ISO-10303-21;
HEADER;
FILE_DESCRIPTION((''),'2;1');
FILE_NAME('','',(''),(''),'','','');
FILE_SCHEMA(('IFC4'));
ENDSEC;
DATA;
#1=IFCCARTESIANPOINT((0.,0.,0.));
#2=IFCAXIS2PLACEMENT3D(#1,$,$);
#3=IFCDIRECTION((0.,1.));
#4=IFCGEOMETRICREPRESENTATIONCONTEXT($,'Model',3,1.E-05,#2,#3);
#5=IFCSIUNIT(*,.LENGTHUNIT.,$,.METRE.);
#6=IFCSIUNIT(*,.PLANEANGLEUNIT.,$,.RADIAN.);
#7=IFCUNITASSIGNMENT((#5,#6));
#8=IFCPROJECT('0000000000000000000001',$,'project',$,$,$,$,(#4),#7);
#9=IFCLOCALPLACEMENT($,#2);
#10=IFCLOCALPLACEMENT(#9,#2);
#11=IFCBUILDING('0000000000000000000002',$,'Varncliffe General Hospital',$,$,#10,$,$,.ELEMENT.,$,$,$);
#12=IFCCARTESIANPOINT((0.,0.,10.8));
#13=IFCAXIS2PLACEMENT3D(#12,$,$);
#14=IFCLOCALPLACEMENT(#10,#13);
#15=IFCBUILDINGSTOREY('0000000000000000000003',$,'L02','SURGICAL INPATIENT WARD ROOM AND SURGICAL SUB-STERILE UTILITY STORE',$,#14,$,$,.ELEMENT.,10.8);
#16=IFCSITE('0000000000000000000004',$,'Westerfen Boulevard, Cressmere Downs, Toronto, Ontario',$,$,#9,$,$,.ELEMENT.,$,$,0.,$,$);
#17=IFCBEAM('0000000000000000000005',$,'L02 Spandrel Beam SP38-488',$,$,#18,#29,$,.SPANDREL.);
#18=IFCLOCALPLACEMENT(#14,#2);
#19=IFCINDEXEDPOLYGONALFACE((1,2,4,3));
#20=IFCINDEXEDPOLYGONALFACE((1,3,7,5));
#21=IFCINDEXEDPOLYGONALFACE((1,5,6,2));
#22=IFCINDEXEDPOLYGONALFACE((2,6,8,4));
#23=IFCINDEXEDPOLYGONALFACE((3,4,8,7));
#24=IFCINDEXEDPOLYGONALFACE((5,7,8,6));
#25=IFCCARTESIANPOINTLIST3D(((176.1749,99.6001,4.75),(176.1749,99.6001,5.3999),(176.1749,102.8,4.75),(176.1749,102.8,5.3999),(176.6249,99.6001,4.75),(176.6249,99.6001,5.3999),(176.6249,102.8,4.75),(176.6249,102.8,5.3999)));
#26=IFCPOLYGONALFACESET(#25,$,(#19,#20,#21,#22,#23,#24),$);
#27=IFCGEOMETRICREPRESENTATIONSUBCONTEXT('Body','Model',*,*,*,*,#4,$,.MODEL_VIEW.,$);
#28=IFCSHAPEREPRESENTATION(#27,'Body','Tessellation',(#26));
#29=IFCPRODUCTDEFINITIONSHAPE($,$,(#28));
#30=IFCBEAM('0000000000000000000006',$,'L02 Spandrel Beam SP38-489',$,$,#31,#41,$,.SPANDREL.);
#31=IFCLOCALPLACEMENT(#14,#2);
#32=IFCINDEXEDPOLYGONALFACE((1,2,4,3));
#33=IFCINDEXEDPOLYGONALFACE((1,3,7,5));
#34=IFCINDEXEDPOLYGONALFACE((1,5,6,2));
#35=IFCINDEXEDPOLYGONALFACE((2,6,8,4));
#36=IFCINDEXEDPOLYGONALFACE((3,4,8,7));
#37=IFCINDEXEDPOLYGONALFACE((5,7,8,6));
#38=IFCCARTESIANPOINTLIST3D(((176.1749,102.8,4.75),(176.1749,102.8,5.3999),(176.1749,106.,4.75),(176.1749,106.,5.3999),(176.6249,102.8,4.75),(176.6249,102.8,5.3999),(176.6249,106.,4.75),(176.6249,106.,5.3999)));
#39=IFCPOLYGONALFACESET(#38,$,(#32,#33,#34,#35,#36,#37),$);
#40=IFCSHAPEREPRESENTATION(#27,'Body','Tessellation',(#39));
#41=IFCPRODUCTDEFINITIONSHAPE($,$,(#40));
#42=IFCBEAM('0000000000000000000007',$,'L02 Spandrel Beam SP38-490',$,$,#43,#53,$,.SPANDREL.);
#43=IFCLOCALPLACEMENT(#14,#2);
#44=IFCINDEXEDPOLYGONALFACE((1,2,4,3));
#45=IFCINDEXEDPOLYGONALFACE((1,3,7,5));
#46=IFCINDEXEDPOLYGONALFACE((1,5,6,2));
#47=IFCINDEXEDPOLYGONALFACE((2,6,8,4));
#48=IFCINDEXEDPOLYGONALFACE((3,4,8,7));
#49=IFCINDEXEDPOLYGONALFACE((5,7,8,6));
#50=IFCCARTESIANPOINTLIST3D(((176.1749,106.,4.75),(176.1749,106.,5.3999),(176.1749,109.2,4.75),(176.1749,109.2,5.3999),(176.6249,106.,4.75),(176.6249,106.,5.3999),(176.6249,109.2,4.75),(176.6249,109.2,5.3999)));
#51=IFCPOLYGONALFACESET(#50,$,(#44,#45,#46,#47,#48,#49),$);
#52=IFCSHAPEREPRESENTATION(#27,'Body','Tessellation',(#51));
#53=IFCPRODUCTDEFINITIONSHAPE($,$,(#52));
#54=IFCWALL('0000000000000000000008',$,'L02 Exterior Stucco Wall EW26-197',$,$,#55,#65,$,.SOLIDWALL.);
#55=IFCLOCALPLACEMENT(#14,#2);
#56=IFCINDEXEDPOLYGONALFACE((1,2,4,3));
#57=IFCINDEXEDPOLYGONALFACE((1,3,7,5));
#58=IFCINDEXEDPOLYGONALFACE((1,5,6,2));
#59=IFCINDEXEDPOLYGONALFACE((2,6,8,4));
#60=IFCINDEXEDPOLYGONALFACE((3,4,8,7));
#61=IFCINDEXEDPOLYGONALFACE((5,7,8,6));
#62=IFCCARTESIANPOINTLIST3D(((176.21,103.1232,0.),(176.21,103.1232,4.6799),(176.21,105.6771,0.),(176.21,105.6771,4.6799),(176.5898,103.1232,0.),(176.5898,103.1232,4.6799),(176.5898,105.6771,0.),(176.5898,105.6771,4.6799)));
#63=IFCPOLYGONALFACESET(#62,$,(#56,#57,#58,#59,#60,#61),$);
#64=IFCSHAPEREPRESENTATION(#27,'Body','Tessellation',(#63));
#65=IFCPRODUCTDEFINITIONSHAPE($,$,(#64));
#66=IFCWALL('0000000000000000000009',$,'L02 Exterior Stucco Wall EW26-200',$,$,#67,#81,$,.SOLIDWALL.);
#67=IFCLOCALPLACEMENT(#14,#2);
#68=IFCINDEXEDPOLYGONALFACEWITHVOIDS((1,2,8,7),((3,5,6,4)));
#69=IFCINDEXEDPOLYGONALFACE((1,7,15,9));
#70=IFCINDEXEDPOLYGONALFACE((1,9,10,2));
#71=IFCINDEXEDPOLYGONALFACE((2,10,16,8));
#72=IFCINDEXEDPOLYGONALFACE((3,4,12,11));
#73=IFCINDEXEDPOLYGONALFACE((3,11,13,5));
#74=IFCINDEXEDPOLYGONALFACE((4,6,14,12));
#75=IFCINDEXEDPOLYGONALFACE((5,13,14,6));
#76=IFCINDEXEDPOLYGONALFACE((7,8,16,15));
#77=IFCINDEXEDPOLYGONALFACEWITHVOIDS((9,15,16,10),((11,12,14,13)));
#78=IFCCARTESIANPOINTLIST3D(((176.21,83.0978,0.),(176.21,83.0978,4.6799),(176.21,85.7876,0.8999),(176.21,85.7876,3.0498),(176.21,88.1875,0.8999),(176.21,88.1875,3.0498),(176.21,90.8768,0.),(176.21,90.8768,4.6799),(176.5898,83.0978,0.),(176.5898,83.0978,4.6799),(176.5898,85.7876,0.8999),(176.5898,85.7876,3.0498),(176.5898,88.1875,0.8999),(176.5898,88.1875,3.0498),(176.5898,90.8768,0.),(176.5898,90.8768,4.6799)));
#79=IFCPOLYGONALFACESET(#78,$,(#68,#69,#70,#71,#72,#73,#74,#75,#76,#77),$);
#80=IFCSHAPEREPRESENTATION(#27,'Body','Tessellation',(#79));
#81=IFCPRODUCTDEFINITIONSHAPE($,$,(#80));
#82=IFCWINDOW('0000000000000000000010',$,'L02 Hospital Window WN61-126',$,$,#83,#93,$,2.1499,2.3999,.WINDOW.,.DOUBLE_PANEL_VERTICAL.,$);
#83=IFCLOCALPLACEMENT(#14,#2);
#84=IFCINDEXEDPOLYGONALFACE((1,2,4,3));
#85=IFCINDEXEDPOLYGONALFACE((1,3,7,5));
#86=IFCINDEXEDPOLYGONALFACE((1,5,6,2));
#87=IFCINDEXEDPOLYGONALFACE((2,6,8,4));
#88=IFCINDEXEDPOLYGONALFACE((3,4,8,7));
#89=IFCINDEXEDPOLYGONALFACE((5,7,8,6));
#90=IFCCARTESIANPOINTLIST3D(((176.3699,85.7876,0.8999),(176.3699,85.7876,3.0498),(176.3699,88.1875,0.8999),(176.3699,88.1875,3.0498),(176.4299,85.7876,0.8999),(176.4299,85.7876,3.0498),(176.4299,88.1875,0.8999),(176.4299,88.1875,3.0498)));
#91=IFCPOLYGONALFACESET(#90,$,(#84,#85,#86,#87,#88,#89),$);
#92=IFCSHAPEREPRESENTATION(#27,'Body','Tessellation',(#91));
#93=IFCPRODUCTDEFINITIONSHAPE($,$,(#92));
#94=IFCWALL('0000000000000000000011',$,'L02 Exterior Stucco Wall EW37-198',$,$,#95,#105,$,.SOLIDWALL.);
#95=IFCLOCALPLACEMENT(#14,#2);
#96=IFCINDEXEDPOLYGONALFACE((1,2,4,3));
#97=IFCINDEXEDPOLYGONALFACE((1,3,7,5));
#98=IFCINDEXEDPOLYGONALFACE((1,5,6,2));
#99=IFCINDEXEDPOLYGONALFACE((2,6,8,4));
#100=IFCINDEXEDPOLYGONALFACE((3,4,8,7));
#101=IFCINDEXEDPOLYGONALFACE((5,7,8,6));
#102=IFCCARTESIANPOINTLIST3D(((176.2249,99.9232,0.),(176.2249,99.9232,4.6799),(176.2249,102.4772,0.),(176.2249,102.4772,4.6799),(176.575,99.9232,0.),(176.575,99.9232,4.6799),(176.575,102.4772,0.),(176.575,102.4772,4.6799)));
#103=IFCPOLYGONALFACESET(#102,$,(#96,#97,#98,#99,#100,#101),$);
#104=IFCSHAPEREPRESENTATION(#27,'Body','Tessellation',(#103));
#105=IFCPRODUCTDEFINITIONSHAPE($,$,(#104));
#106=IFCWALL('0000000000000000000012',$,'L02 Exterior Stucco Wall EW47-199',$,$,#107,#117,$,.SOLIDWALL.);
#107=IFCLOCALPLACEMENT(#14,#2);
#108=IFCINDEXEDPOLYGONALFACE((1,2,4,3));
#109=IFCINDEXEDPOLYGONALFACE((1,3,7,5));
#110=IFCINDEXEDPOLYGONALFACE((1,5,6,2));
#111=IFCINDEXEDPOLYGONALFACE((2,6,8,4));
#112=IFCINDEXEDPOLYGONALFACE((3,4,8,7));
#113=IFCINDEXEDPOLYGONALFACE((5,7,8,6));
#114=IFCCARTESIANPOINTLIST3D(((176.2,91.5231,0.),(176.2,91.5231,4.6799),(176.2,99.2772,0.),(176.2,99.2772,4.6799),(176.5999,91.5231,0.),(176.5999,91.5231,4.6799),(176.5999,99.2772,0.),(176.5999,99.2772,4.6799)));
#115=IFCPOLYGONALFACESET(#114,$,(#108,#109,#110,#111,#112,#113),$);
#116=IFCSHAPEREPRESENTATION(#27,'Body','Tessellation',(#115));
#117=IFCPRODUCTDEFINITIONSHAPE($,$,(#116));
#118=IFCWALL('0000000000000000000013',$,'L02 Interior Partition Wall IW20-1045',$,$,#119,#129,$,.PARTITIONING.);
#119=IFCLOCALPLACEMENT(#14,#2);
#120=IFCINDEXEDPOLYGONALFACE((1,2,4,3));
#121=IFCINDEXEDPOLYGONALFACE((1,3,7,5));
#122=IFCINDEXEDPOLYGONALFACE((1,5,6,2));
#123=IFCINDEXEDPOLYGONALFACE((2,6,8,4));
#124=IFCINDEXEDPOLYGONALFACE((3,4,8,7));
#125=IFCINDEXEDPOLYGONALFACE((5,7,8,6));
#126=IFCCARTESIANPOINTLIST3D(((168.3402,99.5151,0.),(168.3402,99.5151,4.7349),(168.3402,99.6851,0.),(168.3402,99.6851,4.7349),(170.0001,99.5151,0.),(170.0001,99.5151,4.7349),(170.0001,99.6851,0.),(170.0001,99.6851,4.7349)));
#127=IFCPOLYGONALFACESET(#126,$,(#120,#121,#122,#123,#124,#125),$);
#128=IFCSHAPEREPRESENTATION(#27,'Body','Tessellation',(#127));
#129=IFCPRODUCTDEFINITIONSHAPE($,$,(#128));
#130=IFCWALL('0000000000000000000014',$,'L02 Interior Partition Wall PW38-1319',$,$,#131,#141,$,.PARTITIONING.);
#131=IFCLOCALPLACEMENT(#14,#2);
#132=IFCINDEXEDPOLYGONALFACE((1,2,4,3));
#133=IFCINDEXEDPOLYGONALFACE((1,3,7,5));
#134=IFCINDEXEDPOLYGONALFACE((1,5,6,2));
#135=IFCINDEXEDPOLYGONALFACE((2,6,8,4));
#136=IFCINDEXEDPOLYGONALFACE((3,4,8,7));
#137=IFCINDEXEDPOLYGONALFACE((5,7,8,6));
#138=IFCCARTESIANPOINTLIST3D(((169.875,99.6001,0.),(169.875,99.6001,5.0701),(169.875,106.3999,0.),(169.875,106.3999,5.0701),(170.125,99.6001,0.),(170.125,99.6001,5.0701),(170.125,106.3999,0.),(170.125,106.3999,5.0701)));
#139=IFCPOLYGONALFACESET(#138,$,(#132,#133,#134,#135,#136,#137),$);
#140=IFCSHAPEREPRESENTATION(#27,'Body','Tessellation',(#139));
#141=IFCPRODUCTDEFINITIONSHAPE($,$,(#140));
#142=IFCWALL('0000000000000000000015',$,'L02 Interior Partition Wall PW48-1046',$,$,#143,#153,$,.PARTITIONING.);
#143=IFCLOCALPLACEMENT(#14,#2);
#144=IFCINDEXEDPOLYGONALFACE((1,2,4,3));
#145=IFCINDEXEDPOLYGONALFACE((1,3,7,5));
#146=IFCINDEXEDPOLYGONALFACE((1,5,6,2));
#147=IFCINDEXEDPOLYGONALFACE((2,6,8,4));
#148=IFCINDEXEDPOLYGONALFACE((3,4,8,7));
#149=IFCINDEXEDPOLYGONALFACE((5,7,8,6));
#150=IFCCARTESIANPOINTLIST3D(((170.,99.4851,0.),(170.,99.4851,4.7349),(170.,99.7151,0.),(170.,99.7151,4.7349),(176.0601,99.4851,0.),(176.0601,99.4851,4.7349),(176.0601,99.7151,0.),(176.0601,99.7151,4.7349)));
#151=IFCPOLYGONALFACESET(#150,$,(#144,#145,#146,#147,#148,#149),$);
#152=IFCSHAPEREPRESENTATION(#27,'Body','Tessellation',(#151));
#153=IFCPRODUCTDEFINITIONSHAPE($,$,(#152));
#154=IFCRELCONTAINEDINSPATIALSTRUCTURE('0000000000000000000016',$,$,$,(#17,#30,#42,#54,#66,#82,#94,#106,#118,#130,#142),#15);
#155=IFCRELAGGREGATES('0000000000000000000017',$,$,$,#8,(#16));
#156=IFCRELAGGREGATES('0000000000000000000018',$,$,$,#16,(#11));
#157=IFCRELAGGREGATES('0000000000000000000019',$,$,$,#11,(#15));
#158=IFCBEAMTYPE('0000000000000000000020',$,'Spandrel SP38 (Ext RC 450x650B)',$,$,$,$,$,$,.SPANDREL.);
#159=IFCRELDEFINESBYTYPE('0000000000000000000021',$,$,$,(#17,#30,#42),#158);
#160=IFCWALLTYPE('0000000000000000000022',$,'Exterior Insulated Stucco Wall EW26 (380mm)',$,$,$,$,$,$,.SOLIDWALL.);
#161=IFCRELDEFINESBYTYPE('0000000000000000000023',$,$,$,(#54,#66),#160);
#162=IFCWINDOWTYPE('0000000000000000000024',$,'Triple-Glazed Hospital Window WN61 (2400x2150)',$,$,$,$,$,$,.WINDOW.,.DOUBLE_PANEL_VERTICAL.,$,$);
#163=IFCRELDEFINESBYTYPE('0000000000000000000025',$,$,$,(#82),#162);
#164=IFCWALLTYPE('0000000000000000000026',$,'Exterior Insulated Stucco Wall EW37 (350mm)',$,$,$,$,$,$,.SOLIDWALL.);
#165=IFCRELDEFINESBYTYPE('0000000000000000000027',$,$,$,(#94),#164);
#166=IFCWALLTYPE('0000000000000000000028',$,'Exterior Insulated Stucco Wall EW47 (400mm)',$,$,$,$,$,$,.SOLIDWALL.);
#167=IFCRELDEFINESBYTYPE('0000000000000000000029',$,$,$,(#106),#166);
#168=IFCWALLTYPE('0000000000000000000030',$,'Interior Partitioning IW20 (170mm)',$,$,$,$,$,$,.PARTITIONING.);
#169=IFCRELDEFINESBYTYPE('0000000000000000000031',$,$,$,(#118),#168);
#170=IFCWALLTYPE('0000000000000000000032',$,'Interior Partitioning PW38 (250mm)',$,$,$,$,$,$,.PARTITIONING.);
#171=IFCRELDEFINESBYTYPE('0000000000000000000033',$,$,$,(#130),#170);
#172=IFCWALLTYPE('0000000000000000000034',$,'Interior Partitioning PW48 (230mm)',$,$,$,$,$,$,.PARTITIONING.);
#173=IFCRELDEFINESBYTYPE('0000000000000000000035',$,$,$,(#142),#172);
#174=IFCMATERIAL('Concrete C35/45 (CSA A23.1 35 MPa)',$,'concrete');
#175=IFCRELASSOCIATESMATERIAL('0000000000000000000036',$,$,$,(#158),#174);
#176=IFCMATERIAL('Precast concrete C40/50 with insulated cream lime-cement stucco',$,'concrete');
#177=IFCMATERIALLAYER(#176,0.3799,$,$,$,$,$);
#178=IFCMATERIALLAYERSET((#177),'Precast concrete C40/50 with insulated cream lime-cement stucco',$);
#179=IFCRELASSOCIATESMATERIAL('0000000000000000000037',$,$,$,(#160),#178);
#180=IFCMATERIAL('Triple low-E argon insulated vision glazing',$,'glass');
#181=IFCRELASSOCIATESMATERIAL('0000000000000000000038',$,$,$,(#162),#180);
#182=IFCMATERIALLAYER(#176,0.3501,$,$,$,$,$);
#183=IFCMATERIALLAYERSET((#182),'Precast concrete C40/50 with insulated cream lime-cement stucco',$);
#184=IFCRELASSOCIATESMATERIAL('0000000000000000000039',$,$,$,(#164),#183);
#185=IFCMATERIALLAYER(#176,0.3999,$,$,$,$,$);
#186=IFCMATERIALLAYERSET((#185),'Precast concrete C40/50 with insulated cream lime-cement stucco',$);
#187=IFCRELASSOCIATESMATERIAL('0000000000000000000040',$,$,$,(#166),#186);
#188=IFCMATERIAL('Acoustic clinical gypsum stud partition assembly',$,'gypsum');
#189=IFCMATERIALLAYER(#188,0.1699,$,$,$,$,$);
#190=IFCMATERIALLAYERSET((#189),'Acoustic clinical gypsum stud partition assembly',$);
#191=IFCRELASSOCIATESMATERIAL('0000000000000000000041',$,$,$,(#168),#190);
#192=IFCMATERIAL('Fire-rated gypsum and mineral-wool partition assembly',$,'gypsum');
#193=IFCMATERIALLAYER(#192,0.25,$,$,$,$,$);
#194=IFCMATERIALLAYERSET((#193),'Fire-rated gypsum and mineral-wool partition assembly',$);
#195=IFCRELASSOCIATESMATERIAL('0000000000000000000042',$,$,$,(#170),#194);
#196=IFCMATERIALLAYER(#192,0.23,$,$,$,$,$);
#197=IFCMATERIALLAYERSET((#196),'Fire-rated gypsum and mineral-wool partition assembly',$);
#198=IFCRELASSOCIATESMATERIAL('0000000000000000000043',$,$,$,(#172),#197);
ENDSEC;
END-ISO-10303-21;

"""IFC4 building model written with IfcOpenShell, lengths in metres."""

from ifc_helpers import new_model, si_unit, direction, frame, frame_2d, origin, origin_2d, place, context, subcontext, project, spatial, rectangle, extrude, material, layer, layer_set, material_profile, profile_set, type_object, element, fill, save


model = new_model("IFC4")

# Units and contexts
model_context = context("Model", 3, precision=1e-05, world=origin(), true_north=direction((0.0, 1.0)))
body_context = subcontext(model_context, "Body", "Model", "MODEL_VIEW")
ifc_project = project(units=[si_unit("LENGTHUNIT", "METRE"), si_unit("PLANEANGLEUNIT", "RADIAN")], contexts=[model_context])

# Site, building, storey
site_placement = place(None, origin())
site = spatial("IfcSite", under=ifc_project, at=site_placement, Name="Westerfen Boulevard, Cressmere Downs, Toronto, Ontario", CompositionType="ELEMENT", RefElevation=0.0)
building_placement = place(site_placement, origin())
building = spatial("IfcBuilding", under=site, at=building_placement, Name="Varncliffe General Hospital", CompositionType="ELEMENT")
storey_placement = place(building_placement, frame((0.0, 0.0, 10.8)))
storey = spatial("IfcBuildingStorey", under=building, at=storey_placement, Name="L02", Description="SURGICAL INPATIENT WARD ROOM AND SURGICAL SUB-STERILE UTILITY STORE", CompositionType="ELEMENT", Elevation=10.8)

# Beams
ifc_material_1 = material(Name="Concrete C35/45 (CSA A23.1 35 MPa)", Category="concrete")
ifc_material_profile_1 = material_profile(ifc_material_1, rectangle(XDim=0.45, YDim=0.6499, at=origin_2d()), Name="RC 450x650")
ifc_profile_set_1 = profile_set([ifc_material_profile_1], Name="Concrete C35/45 (CSA A23.1 35 MPa)")
beam_type_1 = type_object("IfcBeamType", Name="Spandrel SP38 (Ext RC 450x650B)", PredefinedType="SPANDREL", material=ifc_profile_set_1)
for number, where, z_axis, x_axis, name in (
    (1, (176.3999, 99.6001, 5.075), (0.0, 1.0, 0.0), (-1.0, 0.0, 0.0), "L02 Spandrel Beam SP38-488"),
    (2, (176.3999, 102.8, 5.075), (0.0, 1.0, 0.0), (-1.0, 0.0, 0.0), "L02 Spandrel Beam SP38-489"),
    (3, (176.3999, 106.0, 5.075), (0.0, 1.0, 0.0), (-1.0, 0.0, 0.0), "L02 Spandrel Beam SP38-490"),
):
    element("IfcBeam", number, at=place(storey_placement, frame(where, z_axis=z_axis, x_axis=x_axis)), inside=storey, type_object=beam_type_1, Name=name, PredefinedType="SPANDREL", context=body_context, shape_type="SweptSolid", body=[
        extrude(rectangle(XDim=0.45, YDim=0.6499, at=origin_2d()), origin(), (0.0, 0.0, 1.0), 3.2),
    ])

# Wall
ifc_material_2 = material(Name="Precast concrete C40/50 with insulated cream lime-cement stucco", Category="concrete")
ifc_layer_1 = layer(ifc_material_2, 0.3799)
ifc_layer_set_1 = layer_set([ifc_layer_1], Name="Precast concrete C40/50 with insulated cream lime-cement stucco")
wall_type_1 = type_object("IfcWallType", Name="Exterior Insulated Stucco Wall EW26 (380mm)", PredefinedType="SOLIDWALL", material=ifc_layer_set_1)
wall_1_placement = place(storey_placement, frame((176.3999, 105.677, 0.0), z_axis=(0.0, 0.0, 1.0), x_axis=(0.0, -1.0, 0.0)))
element("IfcWall", 4, at=wall_1_placement, inside=storey, type_object=wall_type_1, Name="L02 Exterior Stucco Wall EW26-197", PredefinedType="SOLIDWALL", context=body_context, shape_type="SweptSolid", body=[
    extrude(rectangle(XDim=2.554, YDim=0.3799, at=frame_2d((1.2769, 0.0))), origin(), (0.0, 0.0, 1.0), 4.6799),
])

# Wall, opening, window
wall_2_placement = place(storey_placement, frame((176.3999, 90.877, 0.0), z_axis=(0.0, 0.0, 1.0), x_axis=(0.0, -1.0, 0.0)))
wall_2 = element("IfcWall", 5, at=wall_2_placement, inside=storey, type_object=wall_type_1, Name="L02 Exterior Stucco Wall EW26-200", PredefinedType="SOLIDWALL", context=body_context, shape_type="SweptSolid", body=[
    extrude(rectangle(XDim=7.7791, YDim=0.3799, at=frame_2d((3.8896, 0.0))), origin(), (0.0, 0.0, 1.0), 4.6799),
])
opening_placement = place(wall_2_placement, frame((2.6895, 0.0, 0.8999)))
opening = element("IfcOpeningElement", 6, at=opening_placement, cuts=wall_2, PredefinedType="OPENING", context=body_context, shape_type="SweptSolid", body=[
    extrude(rectangle(XDim=2.3999, YDim=2.1499, at=frame_2d((1.2, 1.075))), frame((0.0, 0.2, 0.0), z_axis=(0.0, -1.0, 0.0), x_axis=(1.0, 0.0, 0.0)), (0.0, 0.0, 1.0), 0.3999),
])
ifc_material_3 = material(Name="Triple low-E argon insulated vision glazing", Category="glass")
window_type = type_object("IfcWindowType", Name="Triple-Glazed Hospital Window WN61 (2400x2150)", PartitioningType="DOUBLE_PANEL_VERTICAL", PredefinedType="WINDOW", material=ifc_material_3)
window_placement = place(opening_placement, origin())
window = element("IfcWindow", 7, at=window_placement, inside=storey, type_object=window_type, Name="L02 Hospital Window WN61-126", OverallHeight=2.1499, OverallWidth=2.3999, PartitioningType="DOUBLE_PANEL_VERTICAL", PredefinedType="WINDOW", context=body_context, shape_type="SweptSolid", body=[
    extrude(rectangle(XDim=2.3999, YDim=2.1499, at=frame_2d((1.2, 1.075))), frame((0.0, 0.03, 0.0), z_axis=(0.0, -1.0, 0.0), x_axis=(1.0, 0.0, 0.0)), (0.0, 0.0, 1.0), 0.0601),
])
fill(opening, window)

# Walls
ifc_layer_2 = layer(ifc_material_2, 0.3501)
ifc_layer_set_2 = layer_set([ifc_layer_2], Name="Precast concrete C40/50 with insulated cream lime-cement stucco")
wall_type_2 = type_object("IfcWallType", Name="Exterior Insulated Stucco Wall EW37 (350mm)", PredefinedType="SOLIDWALL", material=ifc_layer_set_2)
wall_3_placement = place(storey_placement, frame((176.3999, 102.4771, 0.0), z_axis=(0.0, 0.0, 1.0), x_axis=(0.0, -1.0, 0.0)))
element("IfcWall", 8, at=wall_3_placement, inside=storey, type_object=wall_type_2, Name="L02 Exterior Stucco Wall EW37-198", PredefinedType="SOLIDWALL", context=body_context, shape_type="SweptSolid", body=[
    extrude(rectangle(XDim=2.554, YDim=0.3501, at=frame_2d((1.2769, 0.0))), origin(), (0.0, 0.0, 1.0), 4.6799),
])
ifc_layer_3 = layer(ifc_material_2, 0.3999)
ifc_layer_set_3 = layer_set([ifc_layer_3], Name="Precast concrete C40/50 with insulated cream lime-cement stucco")
wall_type_3 = type_object("IfcWallType", Name="Exterior Insulated Stucco Wall EW47 (400mm)", PredefinedType="SOLIDWALL", material=ifc_layer_set_3)
wall_4_placement = place(storey_placement, frame((176.3999, 99.2771, 0.0), z_axis=(0.0, 0.0, 1.0), x_axis=(0.0, -1.0, 0.0)))
element("IfcWall", 9, at=wall_4_placement, inside=storey, type_object=wall_type_3, Name="L02 Exterior Stucco Wall EW47-199", PredefinedType="SOLIDWALL", context=body_context, shape_type="SweptSolid", body=[
    extrude(rectangle(XDim=7.7542, YDim=0.3999, at=frame_2d((3.877, 0.0))), origin(), (0.0, 0.0, 1.0), 4.6799),
])
ifc_material_4 = material(Name="Acoustic clinical gypsum stud partition assembly", Category="gypsum")
ifc_layer_4 = layer(ifc_material_4, 0.1699)
ifc_layer_set_4 = layer_set([ifc_layer_4], Name="Acoustic clinical gypsum stud partition assembly")
wall_type_4 = type_object("IfcWallType", Name="Interior Partitioning IW20 (170mm)", PredefinedType="PARTITIONING", material=ifc_layer_set_4)
wall_5_placement = place(storey_placement, frame((168.3401, 99.6001, 0.0), z_axis=(0.0, 0.0, 1.0), x_axis=(1.0, 0.0, 0.0)))
element("IfcWall", 10, at=wall_5_placement, inside=storey, type_object=wall_type_4, Name="L02 Interior Partition Wall IW20-1045", PredefinedType="PARTITIONING", context=body_context, shape_type="SweptSolid", body=[
    extrude(rectangle(XDim=1.6599, YDim=0.1699, at=frame_2d((0.8301, 0.0))), origin(), (0.0, 0.0, 1.0), 4.7349),
])
ifc_material_5 = material(Name="Fire-rated gypsum and mineral-wool partition assembly", Category="gypsum")
ifc_layer_5 = layer(ifc_material_5, 0.25)
ifc_layer_set_5 = layer_set([ifc_layer_5], Name="Fire-rated gypsum and mineral-wool partition assembly")
wall_type_5 = type_object("IfcWallType", Name="Interior Partitioning PW38 (250mm)", PredefinedType="PARTITIONING", material=ifc_layer_set_5)
wall_6_placement = place(storey_placement, frame((170.0, 99.6001, 0.0), z_axis=(0.0, 0.0, 1.0), x_axis=(0.0, 1.0, 0.0)))
element("IfcWall", 11, at=wall_6_placement, inside=storey, type_object=wall_type_5, Name="L02 Interior Partition Wall PW38-1319", PredefinedType="PARTITIONING", context=body_context, shape_type="SweptSolid", body=[
    extrude(rectangle(XDim=6.7998, YDim=0.25, at=frame_2d((3.3999, 0.0))), origin(), (0.0, 0.0, 1.0), 5.0701),
])
ifc_layer_6 = layer(ifc_material_5, 0.23)
ifc_layer_set_6 = layer_set([ifc_layer_6], Name="Fire-rated gypsum and mineral-wool partition assembly")
wall_type_6 = type_object("IfcWallType", Name="Interior Partitioning PW48 (230mm)", PredefinedType="PARTITIONING", material=ifc_layer_set_6)
wall_7_placement = place(storey_placement, frame((170.0, 99.6001, 0.0), z_axis=(0.0, 0.0, 1.0), x_axis=(1.0, 0.0, 0.0)))
element("IfcWall", 12, at=wall_7_placement, inside=storey, type_object=wall_type_6, Name="L02 Interior Partition Wall PW48-1046", PredefinedType="PARTITIONING", context=body_context, shape_type="SweptSolid", body=[
    extrude(rectangle(XDim=6.0601, YDim=0.23, at=frame_2d((3.03, 0.0))), origin(), (0.0, 0.0, 1.0), 4.7349),
])

save(model, "model.ifc")
